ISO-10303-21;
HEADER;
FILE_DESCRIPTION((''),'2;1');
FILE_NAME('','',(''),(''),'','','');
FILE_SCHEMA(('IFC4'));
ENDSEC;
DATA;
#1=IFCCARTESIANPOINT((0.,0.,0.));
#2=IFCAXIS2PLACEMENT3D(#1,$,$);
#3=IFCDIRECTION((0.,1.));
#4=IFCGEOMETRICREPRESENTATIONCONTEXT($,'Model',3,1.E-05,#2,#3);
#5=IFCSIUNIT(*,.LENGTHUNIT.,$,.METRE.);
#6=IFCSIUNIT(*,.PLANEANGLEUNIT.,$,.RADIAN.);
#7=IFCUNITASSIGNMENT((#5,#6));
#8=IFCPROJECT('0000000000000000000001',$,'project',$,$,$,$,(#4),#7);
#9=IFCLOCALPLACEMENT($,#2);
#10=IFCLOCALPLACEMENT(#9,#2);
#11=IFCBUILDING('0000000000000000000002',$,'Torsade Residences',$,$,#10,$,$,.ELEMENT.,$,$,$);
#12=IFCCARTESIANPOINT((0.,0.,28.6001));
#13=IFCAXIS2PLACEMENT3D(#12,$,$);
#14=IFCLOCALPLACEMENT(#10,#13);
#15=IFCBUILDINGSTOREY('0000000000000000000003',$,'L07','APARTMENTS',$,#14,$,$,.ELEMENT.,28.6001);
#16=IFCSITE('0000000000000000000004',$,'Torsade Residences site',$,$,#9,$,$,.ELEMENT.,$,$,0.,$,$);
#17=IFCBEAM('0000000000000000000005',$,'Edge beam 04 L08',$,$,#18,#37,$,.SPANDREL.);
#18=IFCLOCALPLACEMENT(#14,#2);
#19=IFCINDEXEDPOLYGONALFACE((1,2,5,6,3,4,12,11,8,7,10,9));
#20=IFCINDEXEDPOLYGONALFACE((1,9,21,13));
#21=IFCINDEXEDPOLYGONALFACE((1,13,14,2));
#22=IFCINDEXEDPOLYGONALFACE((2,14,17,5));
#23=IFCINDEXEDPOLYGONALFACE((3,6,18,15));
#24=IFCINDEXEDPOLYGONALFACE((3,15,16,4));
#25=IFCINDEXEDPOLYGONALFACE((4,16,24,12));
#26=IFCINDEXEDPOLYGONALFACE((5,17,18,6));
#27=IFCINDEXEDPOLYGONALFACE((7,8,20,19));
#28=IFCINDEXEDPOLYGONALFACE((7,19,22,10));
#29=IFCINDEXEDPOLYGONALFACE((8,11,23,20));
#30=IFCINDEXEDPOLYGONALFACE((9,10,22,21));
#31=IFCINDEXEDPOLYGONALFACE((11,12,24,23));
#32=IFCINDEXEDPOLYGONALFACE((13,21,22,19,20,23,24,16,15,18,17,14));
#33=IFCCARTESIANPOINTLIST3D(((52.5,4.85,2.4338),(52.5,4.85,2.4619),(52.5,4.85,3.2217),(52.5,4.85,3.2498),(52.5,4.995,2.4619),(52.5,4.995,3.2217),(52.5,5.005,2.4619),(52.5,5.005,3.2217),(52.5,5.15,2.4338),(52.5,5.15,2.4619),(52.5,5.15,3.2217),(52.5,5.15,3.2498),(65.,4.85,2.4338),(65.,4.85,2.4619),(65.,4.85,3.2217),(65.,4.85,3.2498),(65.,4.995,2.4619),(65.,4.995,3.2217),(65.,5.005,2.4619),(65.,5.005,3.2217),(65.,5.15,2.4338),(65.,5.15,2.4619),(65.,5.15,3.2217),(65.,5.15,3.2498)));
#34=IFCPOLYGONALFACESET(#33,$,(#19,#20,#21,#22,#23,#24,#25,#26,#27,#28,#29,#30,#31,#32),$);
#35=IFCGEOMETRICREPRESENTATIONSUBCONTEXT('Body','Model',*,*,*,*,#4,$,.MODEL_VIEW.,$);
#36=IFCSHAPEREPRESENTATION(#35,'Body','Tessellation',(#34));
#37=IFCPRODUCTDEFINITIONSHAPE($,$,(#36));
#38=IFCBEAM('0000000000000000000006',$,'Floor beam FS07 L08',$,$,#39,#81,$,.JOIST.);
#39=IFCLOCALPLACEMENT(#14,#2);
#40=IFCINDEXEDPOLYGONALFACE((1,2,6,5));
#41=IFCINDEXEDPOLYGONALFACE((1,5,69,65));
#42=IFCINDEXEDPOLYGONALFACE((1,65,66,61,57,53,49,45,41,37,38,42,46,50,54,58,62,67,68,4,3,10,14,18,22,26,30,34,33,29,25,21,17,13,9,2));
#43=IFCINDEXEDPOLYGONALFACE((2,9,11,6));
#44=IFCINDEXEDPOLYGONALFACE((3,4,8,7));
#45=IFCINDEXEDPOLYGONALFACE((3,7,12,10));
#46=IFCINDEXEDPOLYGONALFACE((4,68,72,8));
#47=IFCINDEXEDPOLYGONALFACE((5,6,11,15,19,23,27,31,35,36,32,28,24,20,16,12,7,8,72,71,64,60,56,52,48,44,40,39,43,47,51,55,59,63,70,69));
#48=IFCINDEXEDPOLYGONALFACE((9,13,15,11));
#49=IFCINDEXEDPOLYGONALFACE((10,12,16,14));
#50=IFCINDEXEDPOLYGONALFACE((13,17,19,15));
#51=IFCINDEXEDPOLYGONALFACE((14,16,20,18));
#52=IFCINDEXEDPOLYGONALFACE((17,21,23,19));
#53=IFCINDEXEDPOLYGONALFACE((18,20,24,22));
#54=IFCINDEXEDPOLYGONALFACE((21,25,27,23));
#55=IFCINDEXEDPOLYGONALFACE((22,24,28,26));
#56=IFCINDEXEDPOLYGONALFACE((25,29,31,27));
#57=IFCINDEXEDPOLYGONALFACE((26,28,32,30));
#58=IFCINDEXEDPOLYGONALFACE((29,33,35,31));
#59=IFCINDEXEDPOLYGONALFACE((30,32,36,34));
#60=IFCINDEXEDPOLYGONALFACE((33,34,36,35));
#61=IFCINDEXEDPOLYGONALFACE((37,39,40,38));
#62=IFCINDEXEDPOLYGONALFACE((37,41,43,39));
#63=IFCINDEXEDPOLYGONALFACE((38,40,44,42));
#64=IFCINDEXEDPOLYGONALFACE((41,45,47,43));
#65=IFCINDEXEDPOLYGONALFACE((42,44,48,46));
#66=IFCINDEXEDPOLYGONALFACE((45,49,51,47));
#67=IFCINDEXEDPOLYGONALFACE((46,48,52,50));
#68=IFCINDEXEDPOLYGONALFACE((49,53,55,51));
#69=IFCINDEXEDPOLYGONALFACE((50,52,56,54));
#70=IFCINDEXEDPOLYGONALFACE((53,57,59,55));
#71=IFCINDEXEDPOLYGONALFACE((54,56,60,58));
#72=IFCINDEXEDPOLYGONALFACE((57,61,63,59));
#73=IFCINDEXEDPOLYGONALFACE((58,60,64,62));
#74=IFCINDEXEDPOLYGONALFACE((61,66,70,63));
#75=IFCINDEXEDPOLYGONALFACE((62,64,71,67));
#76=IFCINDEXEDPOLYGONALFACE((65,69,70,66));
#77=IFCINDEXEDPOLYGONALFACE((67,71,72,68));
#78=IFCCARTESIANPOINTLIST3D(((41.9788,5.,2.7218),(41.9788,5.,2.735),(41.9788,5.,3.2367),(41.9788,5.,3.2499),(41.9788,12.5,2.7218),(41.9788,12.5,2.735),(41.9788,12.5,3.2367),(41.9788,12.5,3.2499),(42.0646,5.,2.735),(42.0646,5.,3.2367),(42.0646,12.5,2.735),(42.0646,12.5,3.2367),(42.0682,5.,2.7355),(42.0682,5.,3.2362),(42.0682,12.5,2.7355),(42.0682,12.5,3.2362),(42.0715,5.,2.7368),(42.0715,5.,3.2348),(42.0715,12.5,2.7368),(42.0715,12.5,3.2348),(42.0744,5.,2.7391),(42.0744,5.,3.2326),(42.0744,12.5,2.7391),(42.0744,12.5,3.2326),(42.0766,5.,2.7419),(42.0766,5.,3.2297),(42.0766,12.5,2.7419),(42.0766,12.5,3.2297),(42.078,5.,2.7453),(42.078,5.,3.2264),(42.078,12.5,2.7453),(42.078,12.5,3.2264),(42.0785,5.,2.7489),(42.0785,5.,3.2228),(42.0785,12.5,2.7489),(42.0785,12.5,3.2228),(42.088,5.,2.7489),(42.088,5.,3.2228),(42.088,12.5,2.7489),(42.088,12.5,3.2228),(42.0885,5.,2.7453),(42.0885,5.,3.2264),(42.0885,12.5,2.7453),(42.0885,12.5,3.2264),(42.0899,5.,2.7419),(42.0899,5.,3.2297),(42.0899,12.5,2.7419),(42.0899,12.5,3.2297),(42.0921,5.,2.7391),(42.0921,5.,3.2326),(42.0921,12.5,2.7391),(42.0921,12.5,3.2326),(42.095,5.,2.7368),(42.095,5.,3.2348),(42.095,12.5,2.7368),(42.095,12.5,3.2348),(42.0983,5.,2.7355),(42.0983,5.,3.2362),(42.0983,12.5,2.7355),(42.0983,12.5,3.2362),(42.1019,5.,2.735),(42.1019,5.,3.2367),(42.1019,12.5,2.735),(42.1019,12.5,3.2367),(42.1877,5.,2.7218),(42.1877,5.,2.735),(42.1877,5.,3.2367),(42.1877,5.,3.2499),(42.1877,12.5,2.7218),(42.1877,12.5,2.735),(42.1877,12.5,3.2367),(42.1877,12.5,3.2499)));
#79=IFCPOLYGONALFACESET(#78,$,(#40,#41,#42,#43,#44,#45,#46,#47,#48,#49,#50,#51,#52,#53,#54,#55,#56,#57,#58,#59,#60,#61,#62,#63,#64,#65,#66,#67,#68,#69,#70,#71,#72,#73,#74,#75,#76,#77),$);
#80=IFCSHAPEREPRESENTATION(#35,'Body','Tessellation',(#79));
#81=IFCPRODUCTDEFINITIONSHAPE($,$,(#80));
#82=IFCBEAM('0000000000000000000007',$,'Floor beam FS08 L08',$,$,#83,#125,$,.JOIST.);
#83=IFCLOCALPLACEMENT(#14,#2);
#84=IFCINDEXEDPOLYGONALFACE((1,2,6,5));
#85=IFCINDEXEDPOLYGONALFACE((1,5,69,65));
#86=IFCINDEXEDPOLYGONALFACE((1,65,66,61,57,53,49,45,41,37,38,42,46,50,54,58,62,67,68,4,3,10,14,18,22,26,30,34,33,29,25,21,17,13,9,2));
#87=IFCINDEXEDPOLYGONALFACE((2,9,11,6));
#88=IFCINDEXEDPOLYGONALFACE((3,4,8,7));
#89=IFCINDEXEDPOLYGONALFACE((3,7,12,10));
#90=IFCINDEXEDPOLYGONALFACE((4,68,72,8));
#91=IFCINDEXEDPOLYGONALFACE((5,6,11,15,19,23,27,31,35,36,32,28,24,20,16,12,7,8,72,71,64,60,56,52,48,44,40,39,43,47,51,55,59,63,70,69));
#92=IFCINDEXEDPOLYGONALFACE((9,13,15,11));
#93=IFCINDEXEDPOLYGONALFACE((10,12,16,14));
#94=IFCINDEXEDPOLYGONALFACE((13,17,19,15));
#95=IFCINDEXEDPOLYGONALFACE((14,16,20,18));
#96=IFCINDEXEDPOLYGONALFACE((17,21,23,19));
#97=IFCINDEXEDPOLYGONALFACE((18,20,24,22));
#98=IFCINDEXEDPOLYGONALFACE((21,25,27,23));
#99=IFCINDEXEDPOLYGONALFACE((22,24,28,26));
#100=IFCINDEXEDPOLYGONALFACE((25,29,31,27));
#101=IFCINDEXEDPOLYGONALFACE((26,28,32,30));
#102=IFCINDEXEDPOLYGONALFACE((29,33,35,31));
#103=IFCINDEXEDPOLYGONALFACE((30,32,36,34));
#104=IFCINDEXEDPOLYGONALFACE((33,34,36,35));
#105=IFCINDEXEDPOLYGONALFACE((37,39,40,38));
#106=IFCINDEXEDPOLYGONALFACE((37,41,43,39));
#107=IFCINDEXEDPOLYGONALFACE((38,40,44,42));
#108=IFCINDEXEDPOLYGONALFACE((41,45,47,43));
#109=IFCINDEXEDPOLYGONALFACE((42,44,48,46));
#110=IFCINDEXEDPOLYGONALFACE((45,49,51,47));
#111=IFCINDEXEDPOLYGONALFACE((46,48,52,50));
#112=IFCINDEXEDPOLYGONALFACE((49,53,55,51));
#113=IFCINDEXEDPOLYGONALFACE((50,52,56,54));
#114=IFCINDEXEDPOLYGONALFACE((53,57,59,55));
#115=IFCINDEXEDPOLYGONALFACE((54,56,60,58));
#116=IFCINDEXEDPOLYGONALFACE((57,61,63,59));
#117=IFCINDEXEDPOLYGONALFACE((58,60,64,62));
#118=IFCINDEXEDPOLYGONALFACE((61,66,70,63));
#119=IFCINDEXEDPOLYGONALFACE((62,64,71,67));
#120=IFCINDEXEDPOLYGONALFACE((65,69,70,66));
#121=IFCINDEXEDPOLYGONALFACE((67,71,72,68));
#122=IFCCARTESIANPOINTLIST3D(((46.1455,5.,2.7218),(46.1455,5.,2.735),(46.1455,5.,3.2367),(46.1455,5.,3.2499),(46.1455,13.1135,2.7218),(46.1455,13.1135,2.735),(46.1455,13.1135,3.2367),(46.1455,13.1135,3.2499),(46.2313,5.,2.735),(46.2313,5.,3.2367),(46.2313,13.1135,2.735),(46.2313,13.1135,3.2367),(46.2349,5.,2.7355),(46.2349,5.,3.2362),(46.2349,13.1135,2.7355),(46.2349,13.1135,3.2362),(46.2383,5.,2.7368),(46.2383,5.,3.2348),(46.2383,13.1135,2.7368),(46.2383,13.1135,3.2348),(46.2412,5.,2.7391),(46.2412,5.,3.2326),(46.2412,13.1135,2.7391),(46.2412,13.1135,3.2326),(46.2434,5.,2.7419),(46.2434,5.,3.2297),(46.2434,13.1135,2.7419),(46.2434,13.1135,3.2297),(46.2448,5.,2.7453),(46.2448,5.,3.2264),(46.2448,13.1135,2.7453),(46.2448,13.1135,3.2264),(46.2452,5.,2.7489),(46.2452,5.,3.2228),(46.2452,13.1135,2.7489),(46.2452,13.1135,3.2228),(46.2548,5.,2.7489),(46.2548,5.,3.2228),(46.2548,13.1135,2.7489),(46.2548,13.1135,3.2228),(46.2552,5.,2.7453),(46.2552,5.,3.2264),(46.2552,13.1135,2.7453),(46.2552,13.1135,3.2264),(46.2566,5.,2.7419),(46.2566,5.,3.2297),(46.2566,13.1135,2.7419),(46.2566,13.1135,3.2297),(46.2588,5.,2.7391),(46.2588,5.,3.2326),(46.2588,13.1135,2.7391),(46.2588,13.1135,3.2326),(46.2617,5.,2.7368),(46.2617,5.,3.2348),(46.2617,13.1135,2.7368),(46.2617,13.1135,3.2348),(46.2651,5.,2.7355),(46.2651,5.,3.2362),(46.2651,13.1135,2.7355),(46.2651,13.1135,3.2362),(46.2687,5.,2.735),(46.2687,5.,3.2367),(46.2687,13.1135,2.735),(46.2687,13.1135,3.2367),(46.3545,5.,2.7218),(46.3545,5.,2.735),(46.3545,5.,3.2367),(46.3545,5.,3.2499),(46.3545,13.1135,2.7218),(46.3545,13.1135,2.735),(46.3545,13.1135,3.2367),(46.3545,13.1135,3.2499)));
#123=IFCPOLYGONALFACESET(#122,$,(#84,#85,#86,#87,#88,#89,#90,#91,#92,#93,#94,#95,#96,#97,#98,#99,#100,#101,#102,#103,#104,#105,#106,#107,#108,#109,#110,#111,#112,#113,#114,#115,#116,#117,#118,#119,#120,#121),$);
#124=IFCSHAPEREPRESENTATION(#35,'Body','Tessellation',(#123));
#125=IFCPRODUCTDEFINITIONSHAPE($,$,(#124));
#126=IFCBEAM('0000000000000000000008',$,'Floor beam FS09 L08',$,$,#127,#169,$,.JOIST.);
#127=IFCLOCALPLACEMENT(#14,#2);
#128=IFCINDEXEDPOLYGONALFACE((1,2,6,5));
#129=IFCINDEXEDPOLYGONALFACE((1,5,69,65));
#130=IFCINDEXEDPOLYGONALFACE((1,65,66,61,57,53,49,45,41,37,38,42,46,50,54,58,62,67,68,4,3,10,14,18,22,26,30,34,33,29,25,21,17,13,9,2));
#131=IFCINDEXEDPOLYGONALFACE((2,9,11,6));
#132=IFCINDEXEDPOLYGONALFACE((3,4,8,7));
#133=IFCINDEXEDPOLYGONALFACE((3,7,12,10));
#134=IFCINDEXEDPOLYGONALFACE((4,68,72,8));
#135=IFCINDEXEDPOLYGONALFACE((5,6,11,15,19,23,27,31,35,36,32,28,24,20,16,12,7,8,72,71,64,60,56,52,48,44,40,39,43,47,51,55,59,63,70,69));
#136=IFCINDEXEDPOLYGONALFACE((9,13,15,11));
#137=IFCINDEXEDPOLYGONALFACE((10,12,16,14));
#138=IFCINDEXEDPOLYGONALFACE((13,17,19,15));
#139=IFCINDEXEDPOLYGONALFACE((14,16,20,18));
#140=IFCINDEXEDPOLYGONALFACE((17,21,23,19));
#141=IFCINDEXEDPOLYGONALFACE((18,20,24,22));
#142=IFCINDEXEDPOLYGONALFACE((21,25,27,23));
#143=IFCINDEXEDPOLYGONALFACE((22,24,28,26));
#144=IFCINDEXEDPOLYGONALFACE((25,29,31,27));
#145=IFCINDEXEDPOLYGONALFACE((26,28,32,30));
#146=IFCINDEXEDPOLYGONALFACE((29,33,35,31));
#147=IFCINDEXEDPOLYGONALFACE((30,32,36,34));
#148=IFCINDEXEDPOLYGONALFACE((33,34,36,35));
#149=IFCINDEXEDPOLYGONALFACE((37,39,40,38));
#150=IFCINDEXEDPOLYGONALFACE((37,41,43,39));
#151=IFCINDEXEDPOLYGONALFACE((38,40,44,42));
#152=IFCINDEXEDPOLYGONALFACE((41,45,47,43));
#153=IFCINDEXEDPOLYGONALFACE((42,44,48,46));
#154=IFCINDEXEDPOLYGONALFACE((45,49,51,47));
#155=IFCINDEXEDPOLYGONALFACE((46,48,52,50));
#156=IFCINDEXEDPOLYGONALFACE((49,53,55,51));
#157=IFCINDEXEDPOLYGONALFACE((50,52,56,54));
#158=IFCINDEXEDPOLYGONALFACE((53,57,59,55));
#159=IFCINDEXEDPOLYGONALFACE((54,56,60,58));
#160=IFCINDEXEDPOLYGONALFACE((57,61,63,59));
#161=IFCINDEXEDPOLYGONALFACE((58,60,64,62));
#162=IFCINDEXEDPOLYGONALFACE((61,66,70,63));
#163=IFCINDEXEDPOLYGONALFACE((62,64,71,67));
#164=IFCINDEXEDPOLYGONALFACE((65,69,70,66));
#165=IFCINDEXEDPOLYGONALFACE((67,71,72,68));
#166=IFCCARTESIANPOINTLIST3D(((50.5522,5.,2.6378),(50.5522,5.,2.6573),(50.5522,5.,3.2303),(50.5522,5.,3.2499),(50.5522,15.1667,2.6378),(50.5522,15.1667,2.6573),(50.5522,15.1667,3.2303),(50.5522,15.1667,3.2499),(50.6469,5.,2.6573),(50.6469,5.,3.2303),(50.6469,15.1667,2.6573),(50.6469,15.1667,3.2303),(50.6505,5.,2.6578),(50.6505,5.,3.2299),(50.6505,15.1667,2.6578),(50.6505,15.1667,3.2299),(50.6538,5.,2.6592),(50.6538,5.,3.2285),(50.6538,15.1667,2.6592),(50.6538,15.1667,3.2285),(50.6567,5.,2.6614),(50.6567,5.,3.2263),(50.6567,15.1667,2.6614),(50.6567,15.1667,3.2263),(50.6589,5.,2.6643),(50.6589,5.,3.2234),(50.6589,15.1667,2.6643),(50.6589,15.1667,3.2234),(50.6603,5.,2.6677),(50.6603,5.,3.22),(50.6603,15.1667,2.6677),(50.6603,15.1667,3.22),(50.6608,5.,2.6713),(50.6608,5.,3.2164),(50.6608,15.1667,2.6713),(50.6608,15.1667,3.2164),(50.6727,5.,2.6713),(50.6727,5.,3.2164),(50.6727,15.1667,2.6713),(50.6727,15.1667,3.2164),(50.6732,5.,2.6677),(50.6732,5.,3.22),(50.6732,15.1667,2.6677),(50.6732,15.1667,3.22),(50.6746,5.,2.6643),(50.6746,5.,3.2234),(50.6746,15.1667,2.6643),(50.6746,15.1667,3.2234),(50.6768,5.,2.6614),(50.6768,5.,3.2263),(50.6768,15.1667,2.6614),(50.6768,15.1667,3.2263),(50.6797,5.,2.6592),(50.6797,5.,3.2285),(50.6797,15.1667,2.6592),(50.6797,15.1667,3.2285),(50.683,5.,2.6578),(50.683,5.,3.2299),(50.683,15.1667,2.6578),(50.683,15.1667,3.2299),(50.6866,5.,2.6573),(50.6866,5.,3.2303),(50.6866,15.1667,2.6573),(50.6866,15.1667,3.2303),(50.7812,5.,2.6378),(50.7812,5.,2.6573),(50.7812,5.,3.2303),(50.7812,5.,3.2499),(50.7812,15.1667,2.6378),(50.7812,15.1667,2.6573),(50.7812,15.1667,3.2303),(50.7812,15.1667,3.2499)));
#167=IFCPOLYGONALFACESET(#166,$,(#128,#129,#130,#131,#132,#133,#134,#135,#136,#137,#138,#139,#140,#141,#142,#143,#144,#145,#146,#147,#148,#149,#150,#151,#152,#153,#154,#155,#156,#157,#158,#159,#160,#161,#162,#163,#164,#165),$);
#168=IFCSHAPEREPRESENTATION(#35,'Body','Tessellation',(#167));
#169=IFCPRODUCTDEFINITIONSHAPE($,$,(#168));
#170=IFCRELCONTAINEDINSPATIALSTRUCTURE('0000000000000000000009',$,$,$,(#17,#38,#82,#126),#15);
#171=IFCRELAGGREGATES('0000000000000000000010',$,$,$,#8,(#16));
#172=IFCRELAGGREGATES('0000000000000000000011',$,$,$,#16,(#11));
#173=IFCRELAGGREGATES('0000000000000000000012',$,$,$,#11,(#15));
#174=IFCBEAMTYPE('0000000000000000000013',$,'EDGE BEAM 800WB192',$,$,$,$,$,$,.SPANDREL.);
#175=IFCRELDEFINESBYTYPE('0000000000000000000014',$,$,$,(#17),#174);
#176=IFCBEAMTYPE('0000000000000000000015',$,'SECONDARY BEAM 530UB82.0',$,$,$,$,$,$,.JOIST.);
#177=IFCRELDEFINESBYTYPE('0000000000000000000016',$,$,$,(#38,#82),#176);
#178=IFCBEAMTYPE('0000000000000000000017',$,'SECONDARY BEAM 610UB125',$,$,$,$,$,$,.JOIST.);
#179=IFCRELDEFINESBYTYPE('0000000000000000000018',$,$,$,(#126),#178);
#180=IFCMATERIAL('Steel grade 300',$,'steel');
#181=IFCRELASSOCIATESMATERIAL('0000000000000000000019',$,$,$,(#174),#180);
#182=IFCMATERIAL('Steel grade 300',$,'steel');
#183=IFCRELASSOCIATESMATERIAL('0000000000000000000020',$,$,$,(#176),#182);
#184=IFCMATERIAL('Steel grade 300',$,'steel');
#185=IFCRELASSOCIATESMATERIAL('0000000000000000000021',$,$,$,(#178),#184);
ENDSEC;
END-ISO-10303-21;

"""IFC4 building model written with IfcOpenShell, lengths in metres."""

from ifc_helpers import new_model, si_unit, direction, frame, origin, origin_2d, place, context, subcontext, project, spatial, i_section, extrude, material, material_profile, profile_set, type_object, element, save


model = new_model("IFC4")

# Units and contexts
model_context = context("Model", 3, precision=1e-05, world=origin(), true_north=direction((0.0, 1.0)))
body_context = subcontext(model_context, "Body", "Model", "MODEL_VIEW")
ifc_project = project(units=[si_unit("LENGTHUNIT", "METRE"), si_unit("PLANEANGLEUNIT", "RADIAN")], contexts=[model_context])

# Site, building, storey
site_placement = place(None, origin())
site = spatial("IfcSite", under=ifc_project, at=site_placement, Name="Torsade Residences site", CompositionType="ELEMENT", RefElevation=0.0)
building_placement = place(site_placement, origin())
building = spatial("IfcBuilding", under=site, at=building_placement, Name="Torsade Residences", CompositionType="ELEMENT")
storey_placement = place(building_placement, frame((0.0, 0.0, 28.6001)))
storey = spatial("IfcBuildingStorey", under=building, at=storey_placement, Name="L07", Description="APARTMENTS", CompositionType="ELEMENT", Elevation=28.6001)

# Beams
ifc_material_1 = material(Name="Steel grade 300", Category="steel")
ifc_material_profile_1 = material_profile(ifc_material_1, i_section(OverallWidth=0.3, OverallDepth=0.8159, WebThickness=0.01, FlangeThickness=0.0281, at=origin_2d()), Name="800WB192")
ifc_profile_set_1 = profile_set([ifc_material_profile_1], Name="Steel grade 300")
beam_type_1 = type_object("IfcBeamType", Name="EDGE BEAM 800WB192", PredefinedType="SPANDREL", material=ifc_profile_set_1)
for number, where, z_axis, x_axis, name in (
    (1, (52.5, 5.0, 2.8418), (1.0, 0.0, 0.0), (0.0, 1.0, 0.0), "Edge beam 04 L08"),
):
    element("IfcBeam", number, at=place(storey_placement, frame(where, z_axis=z_axis, x_axis=x_axis)), inside=storey, type_object=beam_type_1, Name=name, PredefinedType="SPANDREL", context=body_context, shape_type="SweptSolid", body=[
        extrude(i_section(OverallWidth=0.3, OverallDepth=0.8159, WebThickness=0.01, FlangeThickness=0.0281, at=origin_2d()), origin(), (0.0, 0.0, 1.0), 12.5),
    ])
ifc_material_2 = material(Name="Steel grade 300", Category="steel")
ifc_material_profile_2 = material_profile(ifc_material_2, i_section(OverallWidth=0.209, OverallDepth=0.5281, WebThickness=0.0095, FlangeThickness=0.0132, FilletRadius=0.0139, at=origin_2d()), Name="530UB82.0")
ifc_profile_set_2 = profile_set([ifc_material_profile_2], Name="Steel grade 300")
beam_type_2 = type_object("IfcBeamType", Name="SECONDARY BEAM 530UB82.0", PredefinedType="JOIST", material=ifc_profile_set_2)
beam_1_placement = place(storey_placement, frame((42.0833, 5.0, 2.9858), z_axis=(0.0, 1.0, 0.0), x_axis=(-1.0, 0.0, 0.0)))
element("IfcBeam", 2, at=beam_1_placement, inside=storey, type_object=beam_type_2, Name="Floor beam FS07 L08", PredefinedType="JOIST", context=body_context, shape_type="SweptSolid", body=[
    extrude(i_section(OverallWidth=0.209, OverallDepth=0.5281, WebThickness=0.0095, FlangeThickness=0.0132, FilletRadius=0.0139, at=origin_2d()), origin(), (0.0, 0.0, 1.0), 7.5),
])
beam_2_placement = place(storey_placement, frame((46.25, 5.0, 2.9858), z_axis=(0.0, 1.0, 0.0), x_axis=(-1.0, 0.0, 0.0)))
element("IfcBeam", 3, at=beam_2_placement, inside=storey, type_object=beam_type_2, Name="Floor beam FS08 L08", PredefinedType="JOIST", context=body_context, shape_type="SweptSolid", body=[
    extrude(i_section(OverallWidth=0.209, OverallDepth=0.5281, WebThickness=0.0095, FlangeThickness=0.0132, FilletRadius=0.0139, at=origin_2d()), origin(), (0.0, 0.0, 1.0), 8.1135),
])
ifc_material_3 = material(Name="Steel grade 300", Category="steel")
ifc_material_profile_3 = material_profile(ifc_material_3, i_section(OverallWidth=0.229, OverallDepth=0.6121, WebThickness=0.012, FlangeThickness=0.0195, FilletRadius=0.0139, at=origin_2d()), Name="610UB125")
ifc_profile_set_3 = profile_set([ifc_material_profile_3], Name="Steel grade 300")
beam_type_3 = type_object("IfcBeamType", Name="SECONDARY BEAM 610UB125", PredefinedType="JOIST", material=ifc_profile_set_3)
beam_3_placement = place(storey_placement, frame((50.6667, 5.0, 2.9438), z_axis=(0.0, 1.0, 0.0), x_axis=(-1.0, 0.0, 0.0)))
element("IfcBeam", 4, at=beam_3_placement, inside=storey, type_object=beam_type_3, Name="Floor beam FS09 L08", PredefinedType="JOIST", context=body_context, shape_type="SweptSolid", body=[
    extrude(i_section(OverallWidth=0.229, OverallDepth=0.6121, WebThickness=0.012, FlangeThickness=0.0195, FilletRadius=0.0139, at=origin_2d()), origin(), (0.0, 0.0, 1.0), 10.1667),
])

save(model, "model.ifc")
